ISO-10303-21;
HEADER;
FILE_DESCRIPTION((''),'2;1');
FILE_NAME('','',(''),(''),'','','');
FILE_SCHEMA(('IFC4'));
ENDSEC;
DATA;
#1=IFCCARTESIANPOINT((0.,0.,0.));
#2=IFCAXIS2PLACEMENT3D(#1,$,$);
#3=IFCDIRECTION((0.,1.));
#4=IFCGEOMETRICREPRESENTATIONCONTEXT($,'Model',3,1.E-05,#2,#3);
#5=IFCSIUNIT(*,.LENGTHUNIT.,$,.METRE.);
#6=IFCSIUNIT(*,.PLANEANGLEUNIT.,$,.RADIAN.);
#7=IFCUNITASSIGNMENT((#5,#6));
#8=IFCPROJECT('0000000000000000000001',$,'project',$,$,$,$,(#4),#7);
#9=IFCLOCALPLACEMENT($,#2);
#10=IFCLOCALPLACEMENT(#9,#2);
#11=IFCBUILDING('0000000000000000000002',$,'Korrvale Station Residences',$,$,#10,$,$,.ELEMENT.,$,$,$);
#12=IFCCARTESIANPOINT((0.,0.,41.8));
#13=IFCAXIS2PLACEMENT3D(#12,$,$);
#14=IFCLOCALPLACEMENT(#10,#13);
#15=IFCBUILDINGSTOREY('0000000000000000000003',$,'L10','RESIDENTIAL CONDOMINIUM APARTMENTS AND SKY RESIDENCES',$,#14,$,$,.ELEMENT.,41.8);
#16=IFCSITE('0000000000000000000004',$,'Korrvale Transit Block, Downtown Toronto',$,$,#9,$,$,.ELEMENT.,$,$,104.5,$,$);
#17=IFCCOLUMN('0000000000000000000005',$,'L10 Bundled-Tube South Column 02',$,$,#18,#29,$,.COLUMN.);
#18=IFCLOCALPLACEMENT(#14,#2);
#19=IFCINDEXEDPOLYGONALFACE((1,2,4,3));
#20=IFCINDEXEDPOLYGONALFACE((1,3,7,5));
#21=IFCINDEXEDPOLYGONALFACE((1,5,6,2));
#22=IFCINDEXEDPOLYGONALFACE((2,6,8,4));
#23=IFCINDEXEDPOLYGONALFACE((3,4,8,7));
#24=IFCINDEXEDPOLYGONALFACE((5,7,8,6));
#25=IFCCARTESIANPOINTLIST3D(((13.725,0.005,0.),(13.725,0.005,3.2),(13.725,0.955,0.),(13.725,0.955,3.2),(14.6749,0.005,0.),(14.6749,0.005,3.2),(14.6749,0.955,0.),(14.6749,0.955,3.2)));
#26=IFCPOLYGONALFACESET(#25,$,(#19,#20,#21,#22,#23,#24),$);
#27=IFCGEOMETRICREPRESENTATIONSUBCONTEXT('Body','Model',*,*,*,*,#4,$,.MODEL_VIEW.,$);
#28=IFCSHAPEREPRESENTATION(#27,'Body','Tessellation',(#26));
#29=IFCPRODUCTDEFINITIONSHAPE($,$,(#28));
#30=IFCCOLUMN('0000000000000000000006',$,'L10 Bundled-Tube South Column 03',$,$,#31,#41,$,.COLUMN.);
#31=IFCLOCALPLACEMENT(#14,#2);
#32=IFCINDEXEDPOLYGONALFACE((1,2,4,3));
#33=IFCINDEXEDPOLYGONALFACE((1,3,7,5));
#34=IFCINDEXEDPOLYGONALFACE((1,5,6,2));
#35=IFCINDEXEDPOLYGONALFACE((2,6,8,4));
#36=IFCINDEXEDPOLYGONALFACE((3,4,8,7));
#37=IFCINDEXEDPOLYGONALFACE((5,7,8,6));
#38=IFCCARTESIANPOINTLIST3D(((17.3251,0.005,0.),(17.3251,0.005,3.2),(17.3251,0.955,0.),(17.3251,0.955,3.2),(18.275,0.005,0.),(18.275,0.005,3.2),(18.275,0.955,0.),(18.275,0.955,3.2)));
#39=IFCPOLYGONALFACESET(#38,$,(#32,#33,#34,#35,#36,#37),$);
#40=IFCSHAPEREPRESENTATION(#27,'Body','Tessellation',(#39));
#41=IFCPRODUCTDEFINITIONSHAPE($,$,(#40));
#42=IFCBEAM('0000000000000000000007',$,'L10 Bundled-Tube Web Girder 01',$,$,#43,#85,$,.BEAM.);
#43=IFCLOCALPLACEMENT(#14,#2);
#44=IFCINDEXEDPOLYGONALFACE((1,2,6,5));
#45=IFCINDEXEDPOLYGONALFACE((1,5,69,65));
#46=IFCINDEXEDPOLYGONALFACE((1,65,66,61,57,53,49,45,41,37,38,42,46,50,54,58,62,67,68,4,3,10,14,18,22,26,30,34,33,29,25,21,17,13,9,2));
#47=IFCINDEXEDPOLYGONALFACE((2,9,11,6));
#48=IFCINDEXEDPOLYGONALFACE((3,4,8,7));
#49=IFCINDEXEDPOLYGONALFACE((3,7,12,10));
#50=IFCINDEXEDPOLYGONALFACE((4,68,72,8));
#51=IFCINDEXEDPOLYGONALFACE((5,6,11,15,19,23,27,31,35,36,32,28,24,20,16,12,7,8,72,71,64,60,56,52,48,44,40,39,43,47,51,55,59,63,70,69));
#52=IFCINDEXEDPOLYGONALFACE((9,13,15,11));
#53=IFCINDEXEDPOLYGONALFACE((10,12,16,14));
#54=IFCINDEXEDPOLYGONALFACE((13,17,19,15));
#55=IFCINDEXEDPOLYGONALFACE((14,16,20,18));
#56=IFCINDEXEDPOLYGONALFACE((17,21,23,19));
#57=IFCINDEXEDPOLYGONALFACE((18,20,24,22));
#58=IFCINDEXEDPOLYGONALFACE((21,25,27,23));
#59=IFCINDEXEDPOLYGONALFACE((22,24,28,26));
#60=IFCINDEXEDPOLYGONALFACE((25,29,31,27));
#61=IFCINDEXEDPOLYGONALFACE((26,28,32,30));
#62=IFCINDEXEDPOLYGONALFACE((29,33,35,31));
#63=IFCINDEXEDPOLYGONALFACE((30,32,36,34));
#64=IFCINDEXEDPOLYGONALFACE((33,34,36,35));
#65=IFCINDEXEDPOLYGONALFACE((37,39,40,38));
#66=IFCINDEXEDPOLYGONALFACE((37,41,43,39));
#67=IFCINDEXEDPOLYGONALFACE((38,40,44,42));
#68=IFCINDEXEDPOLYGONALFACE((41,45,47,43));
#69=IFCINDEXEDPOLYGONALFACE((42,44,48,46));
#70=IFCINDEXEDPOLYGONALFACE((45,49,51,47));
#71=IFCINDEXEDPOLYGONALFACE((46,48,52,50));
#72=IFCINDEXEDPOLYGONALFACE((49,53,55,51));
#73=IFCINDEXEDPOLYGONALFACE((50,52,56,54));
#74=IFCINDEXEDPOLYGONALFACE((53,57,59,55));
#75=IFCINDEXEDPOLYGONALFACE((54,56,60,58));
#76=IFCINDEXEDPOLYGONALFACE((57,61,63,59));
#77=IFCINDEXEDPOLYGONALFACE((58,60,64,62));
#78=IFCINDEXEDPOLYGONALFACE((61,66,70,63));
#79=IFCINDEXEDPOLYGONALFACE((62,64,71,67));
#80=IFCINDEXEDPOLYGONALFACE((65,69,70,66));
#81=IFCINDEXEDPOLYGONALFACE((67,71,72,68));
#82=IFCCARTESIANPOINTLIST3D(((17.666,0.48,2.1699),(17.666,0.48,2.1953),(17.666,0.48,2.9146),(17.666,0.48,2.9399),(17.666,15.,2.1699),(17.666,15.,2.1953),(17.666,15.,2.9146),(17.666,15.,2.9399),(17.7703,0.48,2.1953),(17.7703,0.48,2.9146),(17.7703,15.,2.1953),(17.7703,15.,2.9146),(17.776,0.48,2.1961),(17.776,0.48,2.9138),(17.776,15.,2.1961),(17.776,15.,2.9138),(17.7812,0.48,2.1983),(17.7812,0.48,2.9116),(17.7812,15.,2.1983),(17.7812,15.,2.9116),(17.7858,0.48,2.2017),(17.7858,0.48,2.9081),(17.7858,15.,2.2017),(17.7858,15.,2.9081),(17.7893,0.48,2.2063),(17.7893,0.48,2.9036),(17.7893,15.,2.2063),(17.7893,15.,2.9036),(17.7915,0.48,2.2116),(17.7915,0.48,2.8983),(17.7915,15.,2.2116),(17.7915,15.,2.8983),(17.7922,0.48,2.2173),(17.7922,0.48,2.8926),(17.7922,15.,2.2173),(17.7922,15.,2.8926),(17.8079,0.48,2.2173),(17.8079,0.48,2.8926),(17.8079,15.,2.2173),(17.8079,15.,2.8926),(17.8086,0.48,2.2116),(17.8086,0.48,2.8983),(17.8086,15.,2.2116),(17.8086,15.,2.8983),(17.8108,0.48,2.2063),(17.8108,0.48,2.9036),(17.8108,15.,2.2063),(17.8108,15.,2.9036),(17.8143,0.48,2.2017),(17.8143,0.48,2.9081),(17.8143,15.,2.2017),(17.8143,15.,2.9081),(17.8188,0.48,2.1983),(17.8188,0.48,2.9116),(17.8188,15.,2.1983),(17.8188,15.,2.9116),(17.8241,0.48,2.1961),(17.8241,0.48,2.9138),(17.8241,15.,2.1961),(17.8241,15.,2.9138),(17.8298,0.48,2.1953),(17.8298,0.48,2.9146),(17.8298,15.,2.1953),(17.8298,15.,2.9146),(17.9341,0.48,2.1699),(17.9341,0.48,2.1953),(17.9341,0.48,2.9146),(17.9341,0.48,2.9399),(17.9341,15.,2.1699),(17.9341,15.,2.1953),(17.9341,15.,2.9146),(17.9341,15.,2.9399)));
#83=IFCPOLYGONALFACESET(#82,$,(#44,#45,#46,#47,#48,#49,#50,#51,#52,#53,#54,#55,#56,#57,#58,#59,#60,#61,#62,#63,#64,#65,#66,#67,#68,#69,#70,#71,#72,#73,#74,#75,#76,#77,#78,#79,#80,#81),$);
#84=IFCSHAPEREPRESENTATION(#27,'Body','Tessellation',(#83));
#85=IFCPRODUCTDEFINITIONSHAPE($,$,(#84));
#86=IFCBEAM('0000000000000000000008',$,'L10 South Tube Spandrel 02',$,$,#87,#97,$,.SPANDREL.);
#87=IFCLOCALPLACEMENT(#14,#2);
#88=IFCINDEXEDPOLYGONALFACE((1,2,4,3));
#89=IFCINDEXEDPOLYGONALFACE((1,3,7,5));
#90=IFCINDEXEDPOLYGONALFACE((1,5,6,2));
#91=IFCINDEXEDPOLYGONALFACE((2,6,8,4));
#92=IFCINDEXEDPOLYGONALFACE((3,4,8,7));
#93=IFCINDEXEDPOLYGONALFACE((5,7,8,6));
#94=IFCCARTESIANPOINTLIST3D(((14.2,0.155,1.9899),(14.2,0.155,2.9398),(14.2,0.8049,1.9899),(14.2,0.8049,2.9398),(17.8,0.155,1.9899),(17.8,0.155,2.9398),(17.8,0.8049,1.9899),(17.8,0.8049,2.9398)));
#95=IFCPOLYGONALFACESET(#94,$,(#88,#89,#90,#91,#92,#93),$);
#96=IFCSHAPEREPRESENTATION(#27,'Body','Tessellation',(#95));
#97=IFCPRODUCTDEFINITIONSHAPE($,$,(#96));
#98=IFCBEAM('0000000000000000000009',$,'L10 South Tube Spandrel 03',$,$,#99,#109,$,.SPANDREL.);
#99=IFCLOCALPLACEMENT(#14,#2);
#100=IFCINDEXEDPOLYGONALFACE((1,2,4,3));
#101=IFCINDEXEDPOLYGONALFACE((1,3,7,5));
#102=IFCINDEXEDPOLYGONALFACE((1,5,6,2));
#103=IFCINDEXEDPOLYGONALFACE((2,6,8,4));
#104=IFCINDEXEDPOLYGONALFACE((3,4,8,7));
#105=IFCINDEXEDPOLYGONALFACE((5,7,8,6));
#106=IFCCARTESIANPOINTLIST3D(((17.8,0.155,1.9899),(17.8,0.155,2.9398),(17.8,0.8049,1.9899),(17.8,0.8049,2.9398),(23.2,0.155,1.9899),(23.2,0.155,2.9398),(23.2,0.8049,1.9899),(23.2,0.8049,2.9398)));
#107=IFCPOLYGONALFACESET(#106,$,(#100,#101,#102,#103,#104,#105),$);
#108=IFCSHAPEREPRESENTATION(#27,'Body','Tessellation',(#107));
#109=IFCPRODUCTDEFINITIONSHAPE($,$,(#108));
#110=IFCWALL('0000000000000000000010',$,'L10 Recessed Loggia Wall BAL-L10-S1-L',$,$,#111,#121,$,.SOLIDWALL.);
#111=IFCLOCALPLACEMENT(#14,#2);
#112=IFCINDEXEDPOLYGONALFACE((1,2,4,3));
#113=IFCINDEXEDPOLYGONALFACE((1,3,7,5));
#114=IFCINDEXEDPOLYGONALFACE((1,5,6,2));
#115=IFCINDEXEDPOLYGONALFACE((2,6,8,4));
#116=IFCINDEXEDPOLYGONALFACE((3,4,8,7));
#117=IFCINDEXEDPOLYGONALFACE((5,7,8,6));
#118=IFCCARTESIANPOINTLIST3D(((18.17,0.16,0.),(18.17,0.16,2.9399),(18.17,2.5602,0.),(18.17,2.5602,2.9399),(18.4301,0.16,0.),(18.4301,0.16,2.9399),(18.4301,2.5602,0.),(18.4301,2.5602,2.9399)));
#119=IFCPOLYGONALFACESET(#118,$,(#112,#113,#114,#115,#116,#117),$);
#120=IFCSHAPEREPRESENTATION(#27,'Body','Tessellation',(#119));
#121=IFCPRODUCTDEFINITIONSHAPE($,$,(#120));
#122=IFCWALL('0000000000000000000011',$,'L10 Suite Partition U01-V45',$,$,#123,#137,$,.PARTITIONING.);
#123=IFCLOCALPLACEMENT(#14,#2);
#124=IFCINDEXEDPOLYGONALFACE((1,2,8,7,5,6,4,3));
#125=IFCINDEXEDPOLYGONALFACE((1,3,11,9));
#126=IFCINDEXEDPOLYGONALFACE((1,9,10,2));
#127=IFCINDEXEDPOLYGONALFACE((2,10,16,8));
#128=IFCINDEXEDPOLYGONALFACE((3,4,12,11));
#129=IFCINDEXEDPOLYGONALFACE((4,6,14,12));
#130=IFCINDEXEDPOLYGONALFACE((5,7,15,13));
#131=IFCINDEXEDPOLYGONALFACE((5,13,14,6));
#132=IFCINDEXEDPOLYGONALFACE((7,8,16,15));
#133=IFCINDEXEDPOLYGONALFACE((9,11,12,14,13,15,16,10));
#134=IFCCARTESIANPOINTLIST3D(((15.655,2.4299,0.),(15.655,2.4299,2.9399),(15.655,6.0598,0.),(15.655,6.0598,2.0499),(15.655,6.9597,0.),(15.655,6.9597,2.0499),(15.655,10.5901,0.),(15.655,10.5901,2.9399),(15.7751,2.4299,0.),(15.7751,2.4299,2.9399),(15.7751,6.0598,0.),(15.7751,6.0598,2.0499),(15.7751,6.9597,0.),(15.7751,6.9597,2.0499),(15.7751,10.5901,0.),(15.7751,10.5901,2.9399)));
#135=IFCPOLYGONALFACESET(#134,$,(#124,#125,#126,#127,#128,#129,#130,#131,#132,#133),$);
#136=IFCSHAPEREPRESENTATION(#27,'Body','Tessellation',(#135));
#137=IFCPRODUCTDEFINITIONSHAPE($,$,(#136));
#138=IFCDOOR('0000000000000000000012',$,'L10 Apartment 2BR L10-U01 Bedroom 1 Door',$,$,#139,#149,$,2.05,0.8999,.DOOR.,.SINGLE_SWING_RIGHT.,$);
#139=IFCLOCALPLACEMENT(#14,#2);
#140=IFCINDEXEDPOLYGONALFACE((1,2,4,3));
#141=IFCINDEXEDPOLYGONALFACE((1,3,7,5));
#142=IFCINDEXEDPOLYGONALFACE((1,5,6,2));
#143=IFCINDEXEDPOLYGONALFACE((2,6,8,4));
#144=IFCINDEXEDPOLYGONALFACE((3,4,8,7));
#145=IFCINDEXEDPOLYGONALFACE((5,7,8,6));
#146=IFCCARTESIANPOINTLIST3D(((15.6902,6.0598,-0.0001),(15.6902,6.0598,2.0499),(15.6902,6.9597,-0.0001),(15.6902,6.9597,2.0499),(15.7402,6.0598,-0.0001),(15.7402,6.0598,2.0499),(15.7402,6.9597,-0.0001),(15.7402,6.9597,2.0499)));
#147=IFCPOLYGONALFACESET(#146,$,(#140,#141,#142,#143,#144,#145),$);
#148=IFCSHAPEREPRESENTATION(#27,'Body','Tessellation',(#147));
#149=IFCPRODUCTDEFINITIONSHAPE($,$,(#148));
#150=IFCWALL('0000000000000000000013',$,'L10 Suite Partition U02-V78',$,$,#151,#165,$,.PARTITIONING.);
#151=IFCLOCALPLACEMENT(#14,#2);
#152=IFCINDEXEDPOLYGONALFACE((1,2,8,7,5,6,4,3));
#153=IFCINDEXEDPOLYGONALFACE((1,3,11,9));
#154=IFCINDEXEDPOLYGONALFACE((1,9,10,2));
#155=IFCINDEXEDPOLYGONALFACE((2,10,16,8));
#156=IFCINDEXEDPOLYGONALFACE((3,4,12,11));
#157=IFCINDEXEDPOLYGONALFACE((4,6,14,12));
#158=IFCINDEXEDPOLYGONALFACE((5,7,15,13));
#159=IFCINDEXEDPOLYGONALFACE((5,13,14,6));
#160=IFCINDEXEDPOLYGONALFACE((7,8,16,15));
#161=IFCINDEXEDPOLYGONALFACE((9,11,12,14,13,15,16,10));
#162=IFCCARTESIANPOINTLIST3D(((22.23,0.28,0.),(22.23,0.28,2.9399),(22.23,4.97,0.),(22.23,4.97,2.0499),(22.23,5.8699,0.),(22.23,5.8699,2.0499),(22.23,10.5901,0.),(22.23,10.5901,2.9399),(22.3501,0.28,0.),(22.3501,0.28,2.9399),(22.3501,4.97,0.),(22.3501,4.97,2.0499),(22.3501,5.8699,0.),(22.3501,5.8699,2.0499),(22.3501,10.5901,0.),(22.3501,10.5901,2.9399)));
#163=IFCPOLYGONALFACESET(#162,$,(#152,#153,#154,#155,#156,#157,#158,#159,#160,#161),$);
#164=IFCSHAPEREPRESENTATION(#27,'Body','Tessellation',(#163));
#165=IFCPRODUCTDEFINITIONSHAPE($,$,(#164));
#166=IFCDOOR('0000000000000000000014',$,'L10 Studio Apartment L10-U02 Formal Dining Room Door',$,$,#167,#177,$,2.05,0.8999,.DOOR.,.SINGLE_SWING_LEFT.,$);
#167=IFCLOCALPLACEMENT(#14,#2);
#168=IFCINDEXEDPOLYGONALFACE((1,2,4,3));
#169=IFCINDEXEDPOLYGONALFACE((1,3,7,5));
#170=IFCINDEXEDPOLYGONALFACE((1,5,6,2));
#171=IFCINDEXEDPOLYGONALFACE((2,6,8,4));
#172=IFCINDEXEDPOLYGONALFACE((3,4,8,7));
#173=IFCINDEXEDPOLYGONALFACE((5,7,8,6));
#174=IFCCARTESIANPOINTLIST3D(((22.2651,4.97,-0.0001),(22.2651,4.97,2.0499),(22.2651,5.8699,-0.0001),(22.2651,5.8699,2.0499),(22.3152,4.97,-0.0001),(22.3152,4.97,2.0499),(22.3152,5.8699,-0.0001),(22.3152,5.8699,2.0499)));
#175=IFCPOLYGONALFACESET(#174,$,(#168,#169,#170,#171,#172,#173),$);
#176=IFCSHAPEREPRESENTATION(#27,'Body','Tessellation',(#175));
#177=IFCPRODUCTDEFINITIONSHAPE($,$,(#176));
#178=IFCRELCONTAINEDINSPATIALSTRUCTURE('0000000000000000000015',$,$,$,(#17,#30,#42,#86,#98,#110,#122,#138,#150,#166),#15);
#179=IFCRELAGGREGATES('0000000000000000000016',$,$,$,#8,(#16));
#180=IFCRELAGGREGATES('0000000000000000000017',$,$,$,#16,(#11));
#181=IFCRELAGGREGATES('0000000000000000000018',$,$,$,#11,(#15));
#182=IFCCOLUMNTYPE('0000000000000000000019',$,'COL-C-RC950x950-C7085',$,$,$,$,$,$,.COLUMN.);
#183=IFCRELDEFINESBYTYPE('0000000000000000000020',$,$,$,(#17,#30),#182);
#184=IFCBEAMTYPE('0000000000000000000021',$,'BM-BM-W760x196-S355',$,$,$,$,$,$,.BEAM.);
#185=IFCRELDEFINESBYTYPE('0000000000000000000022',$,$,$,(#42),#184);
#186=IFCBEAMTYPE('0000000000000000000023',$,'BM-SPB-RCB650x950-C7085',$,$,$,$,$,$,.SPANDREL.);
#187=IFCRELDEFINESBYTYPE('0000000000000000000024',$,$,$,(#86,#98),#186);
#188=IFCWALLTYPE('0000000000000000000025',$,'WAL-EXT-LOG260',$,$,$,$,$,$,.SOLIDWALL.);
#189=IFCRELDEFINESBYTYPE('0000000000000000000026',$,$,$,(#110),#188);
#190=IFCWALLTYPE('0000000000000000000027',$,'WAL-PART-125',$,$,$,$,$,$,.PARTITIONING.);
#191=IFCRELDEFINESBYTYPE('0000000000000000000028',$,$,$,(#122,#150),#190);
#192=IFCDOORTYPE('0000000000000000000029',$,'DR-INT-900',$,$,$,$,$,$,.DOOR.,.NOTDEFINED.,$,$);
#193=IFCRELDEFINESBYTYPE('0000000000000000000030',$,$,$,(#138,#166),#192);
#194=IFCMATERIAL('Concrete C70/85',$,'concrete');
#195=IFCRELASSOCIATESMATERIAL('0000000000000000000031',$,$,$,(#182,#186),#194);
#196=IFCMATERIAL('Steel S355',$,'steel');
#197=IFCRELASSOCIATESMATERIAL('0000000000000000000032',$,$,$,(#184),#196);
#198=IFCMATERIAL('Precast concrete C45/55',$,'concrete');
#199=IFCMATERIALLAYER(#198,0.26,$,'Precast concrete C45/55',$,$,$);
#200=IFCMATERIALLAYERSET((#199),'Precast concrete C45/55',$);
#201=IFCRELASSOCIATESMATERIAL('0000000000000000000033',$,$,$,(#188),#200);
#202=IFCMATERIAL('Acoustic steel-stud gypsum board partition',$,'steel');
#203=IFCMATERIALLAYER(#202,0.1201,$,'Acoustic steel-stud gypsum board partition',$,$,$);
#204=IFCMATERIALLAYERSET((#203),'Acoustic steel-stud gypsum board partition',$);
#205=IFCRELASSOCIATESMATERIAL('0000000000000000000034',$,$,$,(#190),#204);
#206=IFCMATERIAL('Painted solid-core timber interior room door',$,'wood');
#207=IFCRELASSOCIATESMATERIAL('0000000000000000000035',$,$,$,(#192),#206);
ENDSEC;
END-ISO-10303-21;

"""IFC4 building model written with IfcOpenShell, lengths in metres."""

from ifc_helpers import new_model, si_unit, direction, frame, frame_2d, origin, origin_2d, place, context, subcontext, project, spatial, rectangle, i_section, extrude, material, layer, layer_set, material_profile, profile_set, type_object, element, fill, save


model = new_model("IFC4")

# Units and contexts
model_context = context("Model", 3, precision=1e-05, world=origin(), true_north=direction((0.0, 1.0)))
body_context = subcontext(model_context, "Body", "Model", "MODEL_VIEW")
ifc_project = project(units=[si_unit("LENGTHUNIT", "METRE"), si_unit("PLANEANGLEUNIT", "RADIAN")], contexts=[model_context])

# Site, building, storey
site_placement = place(None, origin())
site = spatial("IfcSite", under=ifc_project, at=site_placement, Name="Korrvale Transit Block, Downtown Toronto", CompositionType="ELEMENT", RefElevation=104.5)
building_placement = place(site_placement, origin())
building = spatial("IfcBuilding", under=site, at=building_placement, Name="Korrvale Station Residences", CompositionType="ELEMENT")
storey_placement = place(building_placement, frame((0.0, 0.0, 41.8)))
storey = spatial("IfcBuildingStorey", under=building, at=storey_placement, Name="L10", Description="RESIDENTIAL CONDOMINIUM APARTMENTS AND SKY RESIDENCES", CompositionType="ELEMENT", Elevation=41.8)

# Columns
ifc_material_1 = material(Name="Concrete C70/85", Category="concrete")
ifc_material_profile_1 = material_profile(ifc_material_1, rectangle(XDim=0.95, YDim=0.95, at=origin_2d()), Name="RC950x950")
ifc_profile_set_1 = profile_set([ifc_material_profile_1], Name="Concrete C70/85")
column_type = type_object("IfcColumnType", Name="COL-C-RC950x950-C7085", PredefinedType="COLUMN", material=ifc_profile_set_1)
for number, where, z_axis, x_axis, name in (
    (1, (14.2, 0.48, 0.0), (0.0, 0.0, 1.0), (1.0, 0.0, 0.0), "L10 Bundled-Tube South Column 02"),
    (2, (17.8, 0.48, 0.0), (0.0, 0.0, 1.0), (1.0, 0.0, 0.0), "L10 Bundled-Tube South Column 03"),
):
    element("IfcColumn", number, at=place(storey_placement, frame(where, z_axis=z_axis, x_axis=x_axis)), inside=storey, type_object=column_type, Name=name, PredefinedType="COLUMN", context=body_context, shape_type="SweptSolid", body=[
        extrude(rectangle(XDim=0.95, YDim=0.95, at=origin_2d()), origin(), (0.0, 0.0, 1.0), 3.2),
    ])

# Beams
ifc_material_2 = material(Name="Steel S355", Category="steel")
ifc_material_profile_2 = material_profile(ifc_material_2, i_section(OverallWidth=0.2681, OverallDepth=0.77, WebThickness=0.0156, FlangeThickness=0.0254, FilletRadius=0.022, at=origin_2d()), Name="W760x196")
ifc_profile_set_2 = profile_set([ifc_material_profile_2], Name="Steel S355")
beam_type_1 = type_object("IfcBeamType", Name="BM-BM-W760x196-S355", PredefinedType="BEAM", material=ifc_profile_set_2)
beam_1_placement = place(storey_placement, frame((17.8, 0.48, 2.5549), z_axis=(0.0, 1.0, 0.0), x_axis=(-1.0, 0.0, 0.0)))
element("IfcBeam", 3, at=beam_1_placement, inside=storey, type_object=beam_type_1, Name="L10 Bundled-Tube Web Girder 01", PredefinedType="BEAM", context=body_context, shape_type="SweptSolid", body=[
    extrude(i_section(OverallWidth=0.2681, OverallDepth=0.77, WebThickness=0.0156, FlangeThickness=0.0254, FilletRadius=0.022, at=origin_2d()), origin(), (0.0, 0.0, 1.0), 14.52),
])
ifc_material_profile_3 = material_profile(ifc_material_1, rectangle(XDim=0.6499, YDim=0.95, at=origin_2d()), Name="RCB650x950")
ifc_profile_set_3 = profile_set([ifc_material_profile_3], Name="Concrete C70/85")
beam_type_2 = type_object("IfcBeamType", Name="BM-SPB-RCB650x950-C7085", PredefinedType="SPANDREL", material=ifc_profile_set_3)
beam_2_placement = place(storey_placement, frame((14.2, 0.48, 2.4648), z_axis=(1.0, 0.0, 0.0), x_axis=(0.0, 1.0, 0.0)))
element("IfcBeam", 4, at=beam_2_placement, inside=storey, type_object=beam_type_2, Name="L10 South Tube Spandrel 02", PredefinedType="SPANDREL", context=body_context, shape_type="SweptSolid", body=[
    extrude(rectangle(XDim=0.6499, YDim=0.95, at=origin_2d()), origin(), (0.0, 0.0, 1.0), 3.6001),
])
beam_3_placement = place(storey_placement, frame((17.8, 0.48, 2.4648), z_axis=(1.0, 0.0, 0.0), x_axis=(0.0, 1.0, 0.0)))
element("IfcBeam", 5, at=beam_3_placement, inside=storey, type_object=beam_type_2, Name="L10 South Tube Spandrel 03", PredefinedType="SPANDREL", context=body_context, shape_type="SweptSolid", body=[
    extrude(rectangle(XDim=0.6499, YDim=0.95, at=origin_2d()), origin(), (0.0, 0.0, 1.0), 5.3999),
])

# Wall
ifc_material_3 = material(Name="Precast concrete C45/55", Category="concrete")
ifc_layer_1 = layer(ifc_material_3, 0.26, Name="Precast concrete C45/55")
ifc_layer_set_1 = layer_set([ifc_layer_1], Name="Precast concrete C45/55")
wall_type_1 = type_object("IfcWallType", Name="WAL-EXT-LOG260", PredefinedType="SOLIDWALL", material=ifc_layer_set_1)
wall_1_placement = place(storey_placement, frame((18.3, 0.1599, 0.0), z_axis=(0.0, 0.0, 1.0), x_axis=(0.0, 1.0, 0.0)))
element("IfcWall", 6, at=wall_1_placement, inside=storey, type_object=wall_type_1, Name="L10 Recessed Loggia Wall BAL-L10-S1-L", PredefinedType="SOLIDWALL", context=body_context, shape_type="SweptSolid", body=[
    extrude(rectangle(XDim=2.4001, YDim=0.26, at=frame_2d((1.2002, 0.0))), origin(), (0.0, 0.0, 1.0), 2.9399),
])

# Walls, openings, doors
ifc_material_4 = material(Name="Acoustic steel-stud gypsum board partition", Category="steel")
ifc_layer_2 = layer(ifc_material_4, 0.1201, Name="Acoustic steel-stud gypsum board partition")
ifc_layer_set_2 = layer_set([ifc_layer_2], Name="Acoustic steel-stud gypsum board partition")
wall_type_2 = type_object("IfcWallType", Name="WAL-PART-125", PredefinedType="PARTITIONING", material=ifc_layer_set_2)
wall_2_placement = place(storey_placement, frame((15.7151, 2.4299, 0.0), z_axis=(0.0, 0.0, 1.0), x_axis=(0.0, 1.0, 0.0)))
wall_2 = element("IfcWall", 7, at=wall_2_placement, inside=storey, type_object=wall_type_2, Name="L10 Suite Partition U01-V45", PredefinedType="PARTITIONING", context=body_context, shape_type="SweptSolid", body=[
    extrude(rectangle(XDim=8.1602, YDim=0.1201, at=frame_2d((4.0801, 0.0))), origin(), (0.0, 0.0, 1.0), 2.9399),
])
opening_1_placement = place(wall_2_placement, frame((3.6299, 0.0, 0.0)))
opening_1 = element("IfcOpeningElement", 8, at=opening_1_placement, cuts=wall_2, PredefinedType="OPENING", context=body_context, shape_type="SweptSolid", body=[
    extrude(rectangle(XDim=0.8999, YDim=2.05, at=frame_2d((0.45, 1.0249))), frame((0.0, 0.0701, 0.0), z_axis=(0.0, -1.0, 0.0), x_axis=(1.0, 0.0, 0.0)), (0.0, 0.0, 1.0), 0.1401),
])
ifc_material_5 = material(Name="Painted solid-core timber interior room door", Category="wood")
door_type = type_object("IfcDoorType", Name="DR-INT-900", OperationType="NOTDEFINED", PredefinedType="DOOR", material=ifc_material_5)
door_1_placement = place(opening_1_placement, origin())
door_1 = element("IfcDoor", 9, at=door_1_placement, inside=storey, type_object=door_type, Name="L10 Apartment 2BR L10-U01 Bedroom 1 Door", OperationType="SINGLE_SWING_RIGHT", OverallHeight=2.05, OverallWidth=0.8999, PredefinedType="DOOR", context=body_context, shape_type="SweptSolid", body=[
    extrude(rectangle(XDim=0.8999, YDim=2.05, at=frame_2d((0.45, 1.0249))), frame((0.0, 0.0249, 0.0), z_axis=(0.0, -1.0, 0.0), x_axis=(1.0, 0.0, 0.0)), (0.0, 0.0, 1.0), 0.05),
])
fill(opening_1, door_1)
wall_3_placement = place(storey_placement, frame((22.29, 0.28, 0.0), z_axis=(0.0, 0.0, 1.0), x_axis=(0.0, 1.0, 0.0)))
wall_3 = element("IfcWall", 10, at=wall_3_placement, inside=storey, type_object=wall_type_2, Name="L10 Suite Partition U02-V78", PredefinedType="PARTITIONING", context=body_context, shape_type="SweptSolid", body=[
    extrude(rectangle(XDim=10.3101, YDim=0.1201, at=frame_2d((5.155, 0.0))), origin(), (0.0, 0.0, 1.0), 2.9399),
])
opening_2_placement = place(wall_3_placement, frame((4.6899, 0.0, 0.0)))
opening_2 = element("IfcOpeningElement", 11, at=opening_2_placement, cuts=wall_3, PredefinedType="OPENING", context=body_context, shape_type="SweptSolid", body=[
    extrude(rectangle(XDim=0.8999, YDim=2.05, at=frame_2d((0.45, 1.0249))), frame((0.0, 0.0701, 0.0), z_axis=(0.0, -1.0, 0.0), x_axis=(1.0, 0.0, 0.0)), (0.0, 0.0, 1.0), 0.1401),
])
door_2_placement = place(opening_2_placement, origin())
door_2 = element("IfcDoor", 12, at=door_2_placement, inside=storey, type_object=door_type, Name="L10 Studio Apartment L10-U02 Formal Dining Room Door", OperationType="SINGLE_SWING_LEFT", OverallHeight=2.05, OverallWidth=0.8999, PredefinedType="DOOR", context=body_context, shape_type="SweptSolid", body=[
    extrude(rectangle(XDim=0.8999, YDim=2.05, at=frame_2d((0.45, 1.0249))), frame((0.0, 0.0249, 0.0), z_axis=(0.0, -1.0, 0.0), x_axis=(1.0, 0.0, 0.0)), (0.0, 0.0, 1.0), 0.05),
])
fill(opening_2, door_2)

save(model, "model.ifc")
